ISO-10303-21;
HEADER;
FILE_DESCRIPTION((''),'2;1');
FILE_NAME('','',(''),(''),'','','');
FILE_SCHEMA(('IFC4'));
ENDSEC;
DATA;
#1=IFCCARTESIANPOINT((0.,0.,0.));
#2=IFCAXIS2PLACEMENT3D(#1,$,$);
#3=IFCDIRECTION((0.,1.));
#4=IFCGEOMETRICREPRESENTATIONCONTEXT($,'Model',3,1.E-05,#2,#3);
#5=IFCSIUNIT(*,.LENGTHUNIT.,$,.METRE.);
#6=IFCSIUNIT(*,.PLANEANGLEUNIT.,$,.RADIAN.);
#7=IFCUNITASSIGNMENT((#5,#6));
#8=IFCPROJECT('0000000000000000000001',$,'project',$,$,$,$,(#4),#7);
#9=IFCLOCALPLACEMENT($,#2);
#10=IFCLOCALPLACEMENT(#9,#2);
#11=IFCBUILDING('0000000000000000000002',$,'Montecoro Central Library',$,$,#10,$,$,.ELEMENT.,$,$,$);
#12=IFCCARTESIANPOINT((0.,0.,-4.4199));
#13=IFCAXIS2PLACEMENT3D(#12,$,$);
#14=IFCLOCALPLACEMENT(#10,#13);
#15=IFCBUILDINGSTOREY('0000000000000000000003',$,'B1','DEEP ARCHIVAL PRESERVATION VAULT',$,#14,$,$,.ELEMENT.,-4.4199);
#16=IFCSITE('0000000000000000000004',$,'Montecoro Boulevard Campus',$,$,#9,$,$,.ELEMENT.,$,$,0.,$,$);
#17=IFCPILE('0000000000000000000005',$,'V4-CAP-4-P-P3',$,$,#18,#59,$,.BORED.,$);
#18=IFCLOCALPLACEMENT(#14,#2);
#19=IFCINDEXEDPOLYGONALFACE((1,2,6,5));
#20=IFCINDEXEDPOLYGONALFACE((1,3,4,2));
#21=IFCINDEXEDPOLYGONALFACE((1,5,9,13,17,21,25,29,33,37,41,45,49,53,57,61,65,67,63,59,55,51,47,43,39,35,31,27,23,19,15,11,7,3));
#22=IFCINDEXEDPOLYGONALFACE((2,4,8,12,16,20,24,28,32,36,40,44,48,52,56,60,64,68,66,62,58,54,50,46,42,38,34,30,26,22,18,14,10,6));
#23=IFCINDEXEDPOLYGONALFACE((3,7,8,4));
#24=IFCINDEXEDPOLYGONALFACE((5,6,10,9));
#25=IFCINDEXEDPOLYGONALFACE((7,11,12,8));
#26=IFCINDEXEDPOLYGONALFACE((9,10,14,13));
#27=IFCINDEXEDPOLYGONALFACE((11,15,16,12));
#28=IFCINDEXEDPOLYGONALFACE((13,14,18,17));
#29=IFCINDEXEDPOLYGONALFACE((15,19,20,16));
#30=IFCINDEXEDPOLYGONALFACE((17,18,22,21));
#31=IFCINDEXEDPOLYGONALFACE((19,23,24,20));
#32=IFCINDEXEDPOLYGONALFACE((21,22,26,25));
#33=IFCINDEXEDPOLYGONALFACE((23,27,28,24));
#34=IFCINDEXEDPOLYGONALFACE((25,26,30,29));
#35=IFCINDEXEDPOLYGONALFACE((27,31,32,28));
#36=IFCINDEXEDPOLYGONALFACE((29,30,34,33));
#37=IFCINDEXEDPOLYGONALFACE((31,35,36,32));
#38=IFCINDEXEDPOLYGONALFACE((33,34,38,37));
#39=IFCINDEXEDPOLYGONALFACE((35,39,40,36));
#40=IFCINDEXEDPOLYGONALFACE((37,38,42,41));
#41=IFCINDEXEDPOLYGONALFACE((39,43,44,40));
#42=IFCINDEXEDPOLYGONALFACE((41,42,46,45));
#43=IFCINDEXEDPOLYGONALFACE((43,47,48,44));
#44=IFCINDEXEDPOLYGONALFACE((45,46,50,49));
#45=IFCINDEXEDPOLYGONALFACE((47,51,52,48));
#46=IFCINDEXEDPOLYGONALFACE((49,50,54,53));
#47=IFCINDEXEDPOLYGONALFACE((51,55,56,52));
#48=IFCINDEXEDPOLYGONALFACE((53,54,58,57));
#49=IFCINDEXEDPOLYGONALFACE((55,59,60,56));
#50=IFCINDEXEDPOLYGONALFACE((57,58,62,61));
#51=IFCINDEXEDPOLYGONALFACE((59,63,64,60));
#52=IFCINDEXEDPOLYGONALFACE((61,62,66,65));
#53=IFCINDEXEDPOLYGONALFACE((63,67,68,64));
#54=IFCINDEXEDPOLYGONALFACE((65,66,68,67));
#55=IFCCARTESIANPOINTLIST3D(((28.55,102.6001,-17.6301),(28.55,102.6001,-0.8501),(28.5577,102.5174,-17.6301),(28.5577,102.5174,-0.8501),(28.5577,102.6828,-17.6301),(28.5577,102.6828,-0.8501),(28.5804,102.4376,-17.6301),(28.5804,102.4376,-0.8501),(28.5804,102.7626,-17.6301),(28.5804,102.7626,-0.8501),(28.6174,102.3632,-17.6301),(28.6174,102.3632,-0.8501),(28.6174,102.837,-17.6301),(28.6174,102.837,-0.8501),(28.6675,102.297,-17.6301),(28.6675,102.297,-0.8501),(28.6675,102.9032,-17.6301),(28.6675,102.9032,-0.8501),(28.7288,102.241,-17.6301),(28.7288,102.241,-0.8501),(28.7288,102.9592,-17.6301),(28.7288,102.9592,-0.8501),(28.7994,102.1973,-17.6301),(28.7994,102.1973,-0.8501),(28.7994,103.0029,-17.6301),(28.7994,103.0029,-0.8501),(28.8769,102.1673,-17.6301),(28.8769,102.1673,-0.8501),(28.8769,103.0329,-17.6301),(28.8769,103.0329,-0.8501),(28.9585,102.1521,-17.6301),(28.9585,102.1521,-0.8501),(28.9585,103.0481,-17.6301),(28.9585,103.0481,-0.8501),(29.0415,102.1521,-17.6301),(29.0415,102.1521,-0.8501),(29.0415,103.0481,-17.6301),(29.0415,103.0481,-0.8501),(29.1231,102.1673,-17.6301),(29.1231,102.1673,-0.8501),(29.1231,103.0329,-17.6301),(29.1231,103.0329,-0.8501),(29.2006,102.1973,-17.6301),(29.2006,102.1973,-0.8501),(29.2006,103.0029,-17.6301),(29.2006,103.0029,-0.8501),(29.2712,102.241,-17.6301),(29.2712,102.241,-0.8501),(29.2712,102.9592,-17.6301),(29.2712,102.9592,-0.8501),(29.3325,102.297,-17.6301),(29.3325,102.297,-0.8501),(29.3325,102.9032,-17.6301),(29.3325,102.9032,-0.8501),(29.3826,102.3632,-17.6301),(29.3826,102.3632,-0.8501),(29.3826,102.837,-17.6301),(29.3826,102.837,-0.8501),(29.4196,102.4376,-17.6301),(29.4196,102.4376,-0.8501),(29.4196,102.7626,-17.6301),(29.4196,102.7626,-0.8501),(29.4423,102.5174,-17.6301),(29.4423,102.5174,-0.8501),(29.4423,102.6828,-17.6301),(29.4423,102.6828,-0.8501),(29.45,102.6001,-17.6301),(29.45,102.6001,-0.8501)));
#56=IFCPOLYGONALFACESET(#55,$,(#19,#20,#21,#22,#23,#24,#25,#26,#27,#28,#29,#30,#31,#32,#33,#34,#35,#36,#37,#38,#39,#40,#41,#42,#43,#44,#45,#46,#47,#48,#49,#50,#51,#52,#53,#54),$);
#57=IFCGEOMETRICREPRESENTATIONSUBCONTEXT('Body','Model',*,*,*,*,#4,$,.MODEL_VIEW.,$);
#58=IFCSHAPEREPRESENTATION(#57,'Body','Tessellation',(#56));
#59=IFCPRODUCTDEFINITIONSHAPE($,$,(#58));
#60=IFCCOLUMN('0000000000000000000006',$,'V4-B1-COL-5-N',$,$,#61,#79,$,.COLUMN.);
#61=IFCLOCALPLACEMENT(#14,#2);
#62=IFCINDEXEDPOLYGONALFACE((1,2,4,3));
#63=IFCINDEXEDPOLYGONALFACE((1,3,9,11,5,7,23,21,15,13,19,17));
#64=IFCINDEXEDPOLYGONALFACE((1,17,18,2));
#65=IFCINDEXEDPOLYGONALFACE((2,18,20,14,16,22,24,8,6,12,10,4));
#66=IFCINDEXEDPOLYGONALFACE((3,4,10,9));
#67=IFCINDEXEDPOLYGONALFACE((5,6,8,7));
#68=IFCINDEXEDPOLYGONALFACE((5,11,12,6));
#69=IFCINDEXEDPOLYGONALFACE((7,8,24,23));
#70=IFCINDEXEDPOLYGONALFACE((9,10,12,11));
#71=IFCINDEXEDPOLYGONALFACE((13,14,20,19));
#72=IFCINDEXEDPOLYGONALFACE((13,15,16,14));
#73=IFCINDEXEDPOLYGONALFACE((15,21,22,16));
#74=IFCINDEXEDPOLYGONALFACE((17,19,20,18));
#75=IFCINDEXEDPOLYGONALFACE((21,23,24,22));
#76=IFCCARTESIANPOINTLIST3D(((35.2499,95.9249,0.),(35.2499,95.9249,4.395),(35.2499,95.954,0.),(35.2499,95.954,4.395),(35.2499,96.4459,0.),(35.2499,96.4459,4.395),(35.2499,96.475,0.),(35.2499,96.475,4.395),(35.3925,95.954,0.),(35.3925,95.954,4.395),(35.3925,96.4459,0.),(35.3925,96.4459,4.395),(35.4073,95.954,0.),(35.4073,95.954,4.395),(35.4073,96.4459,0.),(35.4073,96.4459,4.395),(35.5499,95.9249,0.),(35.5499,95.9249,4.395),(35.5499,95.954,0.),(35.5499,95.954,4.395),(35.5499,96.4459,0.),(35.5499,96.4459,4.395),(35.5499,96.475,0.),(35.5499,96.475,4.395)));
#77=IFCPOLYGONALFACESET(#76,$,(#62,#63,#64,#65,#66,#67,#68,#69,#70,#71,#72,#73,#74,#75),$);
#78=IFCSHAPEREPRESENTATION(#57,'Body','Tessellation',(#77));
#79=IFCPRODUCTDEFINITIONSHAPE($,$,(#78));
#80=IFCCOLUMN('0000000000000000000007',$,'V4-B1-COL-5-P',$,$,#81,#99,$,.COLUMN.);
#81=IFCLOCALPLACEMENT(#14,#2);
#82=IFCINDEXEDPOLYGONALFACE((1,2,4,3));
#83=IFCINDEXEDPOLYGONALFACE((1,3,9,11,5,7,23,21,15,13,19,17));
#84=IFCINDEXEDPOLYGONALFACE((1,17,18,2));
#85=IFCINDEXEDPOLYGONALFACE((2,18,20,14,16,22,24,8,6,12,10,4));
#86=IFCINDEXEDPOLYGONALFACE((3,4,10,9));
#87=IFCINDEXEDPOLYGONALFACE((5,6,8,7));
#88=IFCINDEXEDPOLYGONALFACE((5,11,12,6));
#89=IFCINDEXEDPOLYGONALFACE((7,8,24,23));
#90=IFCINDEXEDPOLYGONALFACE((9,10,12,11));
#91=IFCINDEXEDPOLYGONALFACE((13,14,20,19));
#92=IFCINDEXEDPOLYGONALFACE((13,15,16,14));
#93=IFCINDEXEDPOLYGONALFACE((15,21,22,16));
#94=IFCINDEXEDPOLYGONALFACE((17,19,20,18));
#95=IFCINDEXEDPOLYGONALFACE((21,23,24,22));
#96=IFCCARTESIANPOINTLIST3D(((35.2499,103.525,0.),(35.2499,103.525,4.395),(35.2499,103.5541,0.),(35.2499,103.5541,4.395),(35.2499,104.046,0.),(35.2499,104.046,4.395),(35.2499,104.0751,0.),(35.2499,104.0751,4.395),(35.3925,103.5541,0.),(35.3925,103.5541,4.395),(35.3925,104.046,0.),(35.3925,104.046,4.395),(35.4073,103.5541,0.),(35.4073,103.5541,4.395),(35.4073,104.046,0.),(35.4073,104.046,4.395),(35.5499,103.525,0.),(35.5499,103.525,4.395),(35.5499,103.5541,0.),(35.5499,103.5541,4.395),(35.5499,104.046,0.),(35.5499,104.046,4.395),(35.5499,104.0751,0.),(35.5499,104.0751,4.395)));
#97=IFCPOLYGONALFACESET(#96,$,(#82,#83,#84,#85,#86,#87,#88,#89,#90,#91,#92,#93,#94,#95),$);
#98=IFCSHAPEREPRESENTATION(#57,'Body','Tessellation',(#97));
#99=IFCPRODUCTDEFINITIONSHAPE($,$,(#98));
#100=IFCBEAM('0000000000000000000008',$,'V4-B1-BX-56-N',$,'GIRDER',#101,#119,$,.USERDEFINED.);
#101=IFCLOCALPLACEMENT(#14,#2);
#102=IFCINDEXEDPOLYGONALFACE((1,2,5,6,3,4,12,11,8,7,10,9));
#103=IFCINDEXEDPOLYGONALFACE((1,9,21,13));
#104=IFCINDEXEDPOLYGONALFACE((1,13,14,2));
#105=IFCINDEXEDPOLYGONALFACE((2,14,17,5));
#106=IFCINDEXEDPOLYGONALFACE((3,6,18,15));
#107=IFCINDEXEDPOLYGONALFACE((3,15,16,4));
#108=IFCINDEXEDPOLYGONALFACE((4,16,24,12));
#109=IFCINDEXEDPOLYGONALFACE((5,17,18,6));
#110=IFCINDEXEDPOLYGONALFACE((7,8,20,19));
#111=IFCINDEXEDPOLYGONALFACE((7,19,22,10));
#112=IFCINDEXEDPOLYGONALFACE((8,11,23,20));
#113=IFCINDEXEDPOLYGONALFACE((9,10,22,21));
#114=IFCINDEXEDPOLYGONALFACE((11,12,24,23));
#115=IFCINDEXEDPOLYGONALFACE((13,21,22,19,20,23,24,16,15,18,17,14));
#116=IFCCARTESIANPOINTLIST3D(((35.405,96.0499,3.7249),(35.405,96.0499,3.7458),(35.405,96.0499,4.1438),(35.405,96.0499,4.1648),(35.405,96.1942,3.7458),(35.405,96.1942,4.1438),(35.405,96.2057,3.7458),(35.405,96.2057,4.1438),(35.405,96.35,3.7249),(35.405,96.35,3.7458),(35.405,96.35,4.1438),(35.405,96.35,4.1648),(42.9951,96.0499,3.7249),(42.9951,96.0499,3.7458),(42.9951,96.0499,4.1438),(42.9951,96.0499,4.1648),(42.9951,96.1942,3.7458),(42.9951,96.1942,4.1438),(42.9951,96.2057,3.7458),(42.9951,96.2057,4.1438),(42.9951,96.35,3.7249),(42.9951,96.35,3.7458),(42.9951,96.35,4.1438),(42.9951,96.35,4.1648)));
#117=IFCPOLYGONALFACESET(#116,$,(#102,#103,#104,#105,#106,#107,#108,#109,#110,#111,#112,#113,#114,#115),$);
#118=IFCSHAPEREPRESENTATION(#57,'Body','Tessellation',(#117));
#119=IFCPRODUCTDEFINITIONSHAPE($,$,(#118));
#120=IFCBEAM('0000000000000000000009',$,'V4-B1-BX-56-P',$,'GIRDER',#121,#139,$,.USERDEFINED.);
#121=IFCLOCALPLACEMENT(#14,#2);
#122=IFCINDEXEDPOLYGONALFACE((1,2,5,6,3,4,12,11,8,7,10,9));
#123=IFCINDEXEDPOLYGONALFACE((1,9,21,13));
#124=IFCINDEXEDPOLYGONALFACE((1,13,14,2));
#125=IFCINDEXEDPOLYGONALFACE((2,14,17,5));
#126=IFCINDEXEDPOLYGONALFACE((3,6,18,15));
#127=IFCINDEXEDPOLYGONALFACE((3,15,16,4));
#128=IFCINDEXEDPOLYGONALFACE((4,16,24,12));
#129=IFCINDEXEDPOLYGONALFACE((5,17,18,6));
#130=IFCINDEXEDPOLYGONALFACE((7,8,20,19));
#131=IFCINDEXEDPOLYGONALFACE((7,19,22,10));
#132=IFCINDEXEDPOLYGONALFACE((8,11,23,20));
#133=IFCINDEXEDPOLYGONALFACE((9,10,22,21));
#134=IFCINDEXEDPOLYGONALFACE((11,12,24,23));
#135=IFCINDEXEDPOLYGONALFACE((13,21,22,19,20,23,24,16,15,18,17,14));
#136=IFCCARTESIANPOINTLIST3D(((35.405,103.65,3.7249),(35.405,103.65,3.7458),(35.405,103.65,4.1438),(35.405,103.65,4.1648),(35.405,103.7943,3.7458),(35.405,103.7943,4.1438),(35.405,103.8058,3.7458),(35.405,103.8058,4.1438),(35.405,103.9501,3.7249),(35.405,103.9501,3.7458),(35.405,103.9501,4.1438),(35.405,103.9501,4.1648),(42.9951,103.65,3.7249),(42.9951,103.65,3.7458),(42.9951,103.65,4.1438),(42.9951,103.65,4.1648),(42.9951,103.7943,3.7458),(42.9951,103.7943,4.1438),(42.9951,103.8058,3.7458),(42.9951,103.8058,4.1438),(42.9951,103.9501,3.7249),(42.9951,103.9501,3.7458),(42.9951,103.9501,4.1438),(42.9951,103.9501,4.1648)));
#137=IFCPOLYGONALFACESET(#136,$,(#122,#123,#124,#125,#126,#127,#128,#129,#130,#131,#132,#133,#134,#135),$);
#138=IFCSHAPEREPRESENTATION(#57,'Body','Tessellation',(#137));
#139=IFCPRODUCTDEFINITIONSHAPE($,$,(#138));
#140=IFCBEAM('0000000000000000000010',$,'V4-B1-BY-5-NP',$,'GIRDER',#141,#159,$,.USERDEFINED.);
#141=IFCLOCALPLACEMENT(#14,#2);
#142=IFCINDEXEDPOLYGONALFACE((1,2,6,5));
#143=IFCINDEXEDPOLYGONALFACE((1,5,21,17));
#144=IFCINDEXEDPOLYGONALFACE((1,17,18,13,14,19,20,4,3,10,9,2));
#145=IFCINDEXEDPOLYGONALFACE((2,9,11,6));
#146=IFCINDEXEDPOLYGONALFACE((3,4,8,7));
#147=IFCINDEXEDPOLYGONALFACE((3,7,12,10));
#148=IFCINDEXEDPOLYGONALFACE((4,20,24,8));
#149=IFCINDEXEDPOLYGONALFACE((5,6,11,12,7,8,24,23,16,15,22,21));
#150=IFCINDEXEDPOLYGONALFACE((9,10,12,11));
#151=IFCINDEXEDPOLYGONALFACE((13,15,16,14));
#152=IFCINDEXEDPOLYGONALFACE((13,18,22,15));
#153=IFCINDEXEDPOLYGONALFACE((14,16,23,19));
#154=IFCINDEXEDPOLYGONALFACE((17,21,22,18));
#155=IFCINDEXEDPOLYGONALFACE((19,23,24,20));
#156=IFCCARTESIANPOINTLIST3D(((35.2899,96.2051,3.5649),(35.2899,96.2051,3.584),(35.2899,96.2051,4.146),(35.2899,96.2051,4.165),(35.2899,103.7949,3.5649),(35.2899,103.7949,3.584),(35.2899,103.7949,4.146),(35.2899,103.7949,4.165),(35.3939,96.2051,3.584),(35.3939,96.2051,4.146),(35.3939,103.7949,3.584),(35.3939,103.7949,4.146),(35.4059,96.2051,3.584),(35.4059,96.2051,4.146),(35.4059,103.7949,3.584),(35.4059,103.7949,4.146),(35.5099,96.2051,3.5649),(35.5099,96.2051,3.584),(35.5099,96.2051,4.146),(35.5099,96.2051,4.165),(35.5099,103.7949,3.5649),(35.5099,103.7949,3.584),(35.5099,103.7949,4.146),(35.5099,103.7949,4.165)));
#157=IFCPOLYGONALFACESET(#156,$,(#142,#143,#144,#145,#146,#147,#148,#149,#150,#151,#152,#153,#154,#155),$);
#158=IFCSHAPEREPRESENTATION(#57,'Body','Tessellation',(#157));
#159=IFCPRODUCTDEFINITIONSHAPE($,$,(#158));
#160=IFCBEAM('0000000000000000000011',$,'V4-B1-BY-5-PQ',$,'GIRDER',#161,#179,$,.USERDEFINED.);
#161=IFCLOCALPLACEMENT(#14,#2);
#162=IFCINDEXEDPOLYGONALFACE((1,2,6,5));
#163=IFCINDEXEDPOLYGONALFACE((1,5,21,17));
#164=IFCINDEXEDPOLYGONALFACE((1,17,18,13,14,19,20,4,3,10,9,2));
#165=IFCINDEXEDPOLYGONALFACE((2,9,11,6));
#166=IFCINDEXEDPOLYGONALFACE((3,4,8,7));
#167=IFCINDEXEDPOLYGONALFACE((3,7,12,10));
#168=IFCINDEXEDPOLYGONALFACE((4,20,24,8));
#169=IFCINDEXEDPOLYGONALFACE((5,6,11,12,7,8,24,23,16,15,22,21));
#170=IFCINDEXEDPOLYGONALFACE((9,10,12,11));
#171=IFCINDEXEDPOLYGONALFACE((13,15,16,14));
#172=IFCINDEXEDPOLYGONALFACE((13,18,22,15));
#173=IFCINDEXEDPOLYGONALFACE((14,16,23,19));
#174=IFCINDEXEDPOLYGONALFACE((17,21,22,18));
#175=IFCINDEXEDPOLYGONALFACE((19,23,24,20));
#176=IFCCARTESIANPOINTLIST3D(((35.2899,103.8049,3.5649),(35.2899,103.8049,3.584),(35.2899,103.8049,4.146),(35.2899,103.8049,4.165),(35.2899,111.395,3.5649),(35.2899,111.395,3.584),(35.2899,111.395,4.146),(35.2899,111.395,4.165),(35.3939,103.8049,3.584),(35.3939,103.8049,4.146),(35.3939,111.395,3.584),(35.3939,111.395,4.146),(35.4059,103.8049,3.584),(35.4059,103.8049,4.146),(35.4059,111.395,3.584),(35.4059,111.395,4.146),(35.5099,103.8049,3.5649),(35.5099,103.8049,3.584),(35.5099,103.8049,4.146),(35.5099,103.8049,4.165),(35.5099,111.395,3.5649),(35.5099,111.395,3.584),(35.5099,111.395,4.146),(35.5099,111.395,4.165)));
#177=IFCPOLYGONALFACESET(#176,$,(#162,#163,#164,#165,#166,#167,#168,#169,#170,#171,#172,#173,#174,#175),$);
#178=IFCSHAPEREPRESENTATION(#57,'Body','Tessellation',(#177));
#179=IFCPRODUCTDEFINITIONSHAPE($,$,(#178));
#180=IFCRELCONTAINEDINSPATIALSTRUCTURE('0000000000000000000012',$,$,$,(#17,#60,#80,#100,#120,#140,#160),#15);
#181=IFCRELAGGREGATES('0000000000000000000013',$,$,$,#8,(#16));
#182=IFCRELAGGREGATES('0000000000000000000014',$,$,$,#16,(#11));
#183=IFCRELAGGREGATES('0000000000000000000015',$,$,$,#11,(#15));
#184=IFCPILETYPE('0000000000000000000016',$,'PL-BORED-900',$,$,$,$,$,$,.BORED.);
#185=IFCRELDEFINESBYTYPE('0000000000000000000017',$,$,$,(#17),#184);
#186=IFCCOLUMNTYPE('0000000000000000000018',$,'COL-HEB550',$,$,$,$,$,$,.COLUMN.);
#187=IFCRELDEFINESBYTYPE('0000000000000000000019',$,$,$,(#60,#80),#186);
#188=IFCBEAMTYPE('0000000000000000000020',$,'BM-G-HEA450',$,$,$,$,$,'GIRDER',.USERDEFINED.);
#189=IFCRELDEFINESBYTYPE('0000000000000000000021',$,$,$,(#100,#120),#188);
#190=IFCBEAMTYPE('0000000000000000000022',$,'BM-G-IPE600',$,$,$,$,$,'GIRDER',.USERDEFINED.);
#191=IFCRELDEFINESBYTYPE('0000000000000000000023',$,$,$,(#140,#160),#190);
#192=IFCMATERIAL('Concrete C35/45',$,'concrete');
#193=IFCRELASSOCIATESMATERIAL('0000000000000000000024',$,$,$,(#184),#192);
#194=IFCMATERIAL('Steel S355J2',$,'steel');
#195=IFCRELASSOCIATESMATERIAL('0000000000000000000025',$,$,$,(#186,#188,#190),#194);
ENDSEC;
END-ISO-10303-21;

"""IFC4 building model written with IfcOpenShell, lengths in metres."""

from ifc_helpers import new_model, si_unit, direction, frame, origin, origin_2d, place, context, subcontext, project, spatial, circle, i_section, extrude, material, material_profile, profile_set, type_object, element, save


model = new_model("IFC4")

# Units and contexts
model_context = context("Model", 3, precision=1e-05, world=origin(), true_north=direction((0.0, 1.0)))
body_context = subcontext(model_context, "Body", "Model", "MODEL_VIEW")
ifc_project = project(units=[si_unit("LENGTHUNIT", "METRE"), si_unit("PLANEANGLEUNIT", "RADIAN")], contexts=[model_context])

# Site, building, storey
site_placement = place(None, origin())
site = spatial("IfcSite", under=ifc_project, at=site_placement, Name="Montecoro Boulevard Campus", CompositionType="ELEMENT", RefElevation=0.0)
building_placement = place(site_placement, origin())
building = spatial("IfcBuilding", under=site, at=building_placement, Name="Montecoro Central Library", CompositionType="ELEMENT")
storey_placement = place(building_placement, frame((0.0, 0.0, -4.4199)))
storey = spatial("IfcBuildingStorey", under=building, at=storey_placement, Name="B1", Description="DEEP ARCHIVAL PRESERVATION VAULT", CompositionType="ELEMENT", Elevation=-4.4199)

# Shared definitions
ifc_material_1 = material(Name="Concrete C35/45", Category="concrete")

# Pile
ifc_material_profile_1 = material_profile(ifc_material_1, circle(Radius=0.45, at=origin_2d()), Name="PILE D900")
ifc_profile_set_1 = profile_set([ifc_material_profile_1], Name="Concrete C35/45")
pile_type_1 = type_object("IfcPileType", Name="PL-BORED-900", PredefinedType="BORED", material=ifc_profile_set_1)
pile_placement = place(storey_placement, frame((29.0, 102.6001, -0.8501), z_axis=(0.0, 0.0, -1.0), x_axis=(1.0, 0.0, 0.0)))
element("IfcPile", 1, at=pile_placement, inside=storey, type_object=pile_type_1, Name="V4-CAP-4-P-P3", PredefinedType="BORED", context=body_context, shape_type="SweptSolid", body=[
    extrude(circle(Radius=0.45, at=origin_2d()), origin(), (0.0, 0.0, 1.0), 16.78),
])

# Columns
ifc_material_2 = material(Name="Steel S355J2", Category="steel")
ifc_material_profile_2 = material_profile(ifc_material_2, i_section(OverallWidth=0.3, OverallDepth=0.55, WebThickness=0.0149, FlangeThickness=0.0291, at=origin_2d()), Name="HEB 550")
ifc_profile_set_2 = profile_set([ifc_material_profile_2], Name="Steel S355J2")
column_type = type_object("IfcColumnType", Name="COL-HEB550", PredefinedType="COLUMN", material=ifc_profile_set_2)
for number, where, z_axis, x_axis, name in (
    (2, (35.3999, 96.2, 0.0), (0.0, 0.0, 1.0), (1.0, 0.0, 0.0), "V4-B1-COL-5-N"),
    (3, (35.3999, 103.8, 0.0), (0.0, 0.0, 1.0), (1.0, 0.0, 0.0), "V4-B1-COL-5-P"),
):
    element("IfcColumn", number, at=place(storey_placement, frame(where, z_axis=z_axis, x_axis=x_axis)), inside=storey, type_object=column_type, Name=name, PredefinedType="COLUMN", context=body_context, shape_type="SweptSolid", body=[
        extrude(i_section(OverallWidth=0.3, OverallDepth=0.55, WebThickness=0.0149, FlangeThickness=0.0291, at=origin_2d()), origin(), (0.0, 0.0, 1.0), 4.395),
    ])

# Beams
ifc_material_profile_3 = material_profile(ifc_material_2, i_section(OverallWidth=0.3, OverallDepth=0.4399, WebThickness=0.0115, FlangeThickness=0.021, at=origin_2d()), Name="HEA 450")
ifc_profile_set_3 = profile_set([ifc_material_profile_3], Name="Steel S355J2")
beam_type_1 = type_object("IfcBeamType", Name="BM-G-HEA450", ElementType="GIRDER", PredefinedType="USERDEFINED", material=ifc_profile_set_3)
for number, where, z_axis, x_axis, name in (
    (4, (35.405, 96.2, 3.9448), (1.0, 0.0, 0.0), (0.0, 1.0, 0.0), "V4-B1-BX-56-N"),
    (5, (35.405, 103.8, 3.9448), (1.0, 0.0, 0.0), (0.0, 1.0, 0.0), "V4-B1-BX-56-P"),
):
    element("IfcBeam", number, at=place(storey_placement, frame(where, z_axis=z_axis, x_axis=x_axis)), inside=storey, type_object=beam_type_1, Name=name, ObjectType="GIRDER", PredefinedType="USERDEFINED", context=body_context, shape_type="SweptSolid", body=[
        extrude(i_section(OverallWidth=0.3, OverallDepth=0.4399, WebThickness=0.0115, FlangeThickness=0.021, at=origin_2d()), origin(), (0.0, 0.0, 1.0), 7.5901),
    ])
ifc_material_profile_4 = material_profile(ifc_material_2, i_section(OverallWidth=0.22, OverallDepth=0.6001, WebThickness=0.012, FlangeThickness=0.019, at=origin_2d()), Name="IPE 600")
ifc_profile_set_4 = profile_set([ifc_material_profile_4], Name="Steel S355J2")
beam_type_2 = type_object("IfcBeamType", Name="BM-G-IPE600", ElementType="GIRDER", PredefinedType="USERDEFINED", material=ifc_profile_set_4)
beam_1_placement = place(storey_placement, frame((35.3999, 96.2051, 3.865), z_axis=(0.0, 1.0, 0.0), x_axis=(-1.0, 0.0, 0.0)))
element("IfcBeam", 6, at=beam_1_placement, inside=storey, type_object=beam_type_2, Name="V4-B1-BY-5-NP", ObjectType="GIRDER", PredefinedType="USERDEFINED", context=body_context, shape_type="SweptSolid", body=[
    extrude(i_section(OverallWidth=0.22, OverallDepth=0.6001, WebThickness=0.012, FlangeThickness=0.019, at=origin_2d()), origin(), (0.0, 0.0, 1.0), 7.5898),
])
beam_2_placement = place(storey_placement, frame((35.3999, 103.8049, 3.865), z_axis=(0.0, 1.0, 0.0), x_axis=(-1.0, 0.0, 0.0)))
element("IfcBeam", 7, at=beam_2_placement, inside=storey, type_object=beam_type_2, Name="V4-B1-BY-5-PQ", ObjectType="GIRDER", PredefinedType="USERDEFINED", context=body_context, shape_type="SweptSolid", body=[
    extrude(i_section(OverallWidth=0.22, OverallDepth=0.6001, WebThickness=0.012, FlangeThickness=0.019, at=origin_2d()), origin(), (0.0, 0.0, 1.0), 7.5901),
])

save(model, "model.ifc")
